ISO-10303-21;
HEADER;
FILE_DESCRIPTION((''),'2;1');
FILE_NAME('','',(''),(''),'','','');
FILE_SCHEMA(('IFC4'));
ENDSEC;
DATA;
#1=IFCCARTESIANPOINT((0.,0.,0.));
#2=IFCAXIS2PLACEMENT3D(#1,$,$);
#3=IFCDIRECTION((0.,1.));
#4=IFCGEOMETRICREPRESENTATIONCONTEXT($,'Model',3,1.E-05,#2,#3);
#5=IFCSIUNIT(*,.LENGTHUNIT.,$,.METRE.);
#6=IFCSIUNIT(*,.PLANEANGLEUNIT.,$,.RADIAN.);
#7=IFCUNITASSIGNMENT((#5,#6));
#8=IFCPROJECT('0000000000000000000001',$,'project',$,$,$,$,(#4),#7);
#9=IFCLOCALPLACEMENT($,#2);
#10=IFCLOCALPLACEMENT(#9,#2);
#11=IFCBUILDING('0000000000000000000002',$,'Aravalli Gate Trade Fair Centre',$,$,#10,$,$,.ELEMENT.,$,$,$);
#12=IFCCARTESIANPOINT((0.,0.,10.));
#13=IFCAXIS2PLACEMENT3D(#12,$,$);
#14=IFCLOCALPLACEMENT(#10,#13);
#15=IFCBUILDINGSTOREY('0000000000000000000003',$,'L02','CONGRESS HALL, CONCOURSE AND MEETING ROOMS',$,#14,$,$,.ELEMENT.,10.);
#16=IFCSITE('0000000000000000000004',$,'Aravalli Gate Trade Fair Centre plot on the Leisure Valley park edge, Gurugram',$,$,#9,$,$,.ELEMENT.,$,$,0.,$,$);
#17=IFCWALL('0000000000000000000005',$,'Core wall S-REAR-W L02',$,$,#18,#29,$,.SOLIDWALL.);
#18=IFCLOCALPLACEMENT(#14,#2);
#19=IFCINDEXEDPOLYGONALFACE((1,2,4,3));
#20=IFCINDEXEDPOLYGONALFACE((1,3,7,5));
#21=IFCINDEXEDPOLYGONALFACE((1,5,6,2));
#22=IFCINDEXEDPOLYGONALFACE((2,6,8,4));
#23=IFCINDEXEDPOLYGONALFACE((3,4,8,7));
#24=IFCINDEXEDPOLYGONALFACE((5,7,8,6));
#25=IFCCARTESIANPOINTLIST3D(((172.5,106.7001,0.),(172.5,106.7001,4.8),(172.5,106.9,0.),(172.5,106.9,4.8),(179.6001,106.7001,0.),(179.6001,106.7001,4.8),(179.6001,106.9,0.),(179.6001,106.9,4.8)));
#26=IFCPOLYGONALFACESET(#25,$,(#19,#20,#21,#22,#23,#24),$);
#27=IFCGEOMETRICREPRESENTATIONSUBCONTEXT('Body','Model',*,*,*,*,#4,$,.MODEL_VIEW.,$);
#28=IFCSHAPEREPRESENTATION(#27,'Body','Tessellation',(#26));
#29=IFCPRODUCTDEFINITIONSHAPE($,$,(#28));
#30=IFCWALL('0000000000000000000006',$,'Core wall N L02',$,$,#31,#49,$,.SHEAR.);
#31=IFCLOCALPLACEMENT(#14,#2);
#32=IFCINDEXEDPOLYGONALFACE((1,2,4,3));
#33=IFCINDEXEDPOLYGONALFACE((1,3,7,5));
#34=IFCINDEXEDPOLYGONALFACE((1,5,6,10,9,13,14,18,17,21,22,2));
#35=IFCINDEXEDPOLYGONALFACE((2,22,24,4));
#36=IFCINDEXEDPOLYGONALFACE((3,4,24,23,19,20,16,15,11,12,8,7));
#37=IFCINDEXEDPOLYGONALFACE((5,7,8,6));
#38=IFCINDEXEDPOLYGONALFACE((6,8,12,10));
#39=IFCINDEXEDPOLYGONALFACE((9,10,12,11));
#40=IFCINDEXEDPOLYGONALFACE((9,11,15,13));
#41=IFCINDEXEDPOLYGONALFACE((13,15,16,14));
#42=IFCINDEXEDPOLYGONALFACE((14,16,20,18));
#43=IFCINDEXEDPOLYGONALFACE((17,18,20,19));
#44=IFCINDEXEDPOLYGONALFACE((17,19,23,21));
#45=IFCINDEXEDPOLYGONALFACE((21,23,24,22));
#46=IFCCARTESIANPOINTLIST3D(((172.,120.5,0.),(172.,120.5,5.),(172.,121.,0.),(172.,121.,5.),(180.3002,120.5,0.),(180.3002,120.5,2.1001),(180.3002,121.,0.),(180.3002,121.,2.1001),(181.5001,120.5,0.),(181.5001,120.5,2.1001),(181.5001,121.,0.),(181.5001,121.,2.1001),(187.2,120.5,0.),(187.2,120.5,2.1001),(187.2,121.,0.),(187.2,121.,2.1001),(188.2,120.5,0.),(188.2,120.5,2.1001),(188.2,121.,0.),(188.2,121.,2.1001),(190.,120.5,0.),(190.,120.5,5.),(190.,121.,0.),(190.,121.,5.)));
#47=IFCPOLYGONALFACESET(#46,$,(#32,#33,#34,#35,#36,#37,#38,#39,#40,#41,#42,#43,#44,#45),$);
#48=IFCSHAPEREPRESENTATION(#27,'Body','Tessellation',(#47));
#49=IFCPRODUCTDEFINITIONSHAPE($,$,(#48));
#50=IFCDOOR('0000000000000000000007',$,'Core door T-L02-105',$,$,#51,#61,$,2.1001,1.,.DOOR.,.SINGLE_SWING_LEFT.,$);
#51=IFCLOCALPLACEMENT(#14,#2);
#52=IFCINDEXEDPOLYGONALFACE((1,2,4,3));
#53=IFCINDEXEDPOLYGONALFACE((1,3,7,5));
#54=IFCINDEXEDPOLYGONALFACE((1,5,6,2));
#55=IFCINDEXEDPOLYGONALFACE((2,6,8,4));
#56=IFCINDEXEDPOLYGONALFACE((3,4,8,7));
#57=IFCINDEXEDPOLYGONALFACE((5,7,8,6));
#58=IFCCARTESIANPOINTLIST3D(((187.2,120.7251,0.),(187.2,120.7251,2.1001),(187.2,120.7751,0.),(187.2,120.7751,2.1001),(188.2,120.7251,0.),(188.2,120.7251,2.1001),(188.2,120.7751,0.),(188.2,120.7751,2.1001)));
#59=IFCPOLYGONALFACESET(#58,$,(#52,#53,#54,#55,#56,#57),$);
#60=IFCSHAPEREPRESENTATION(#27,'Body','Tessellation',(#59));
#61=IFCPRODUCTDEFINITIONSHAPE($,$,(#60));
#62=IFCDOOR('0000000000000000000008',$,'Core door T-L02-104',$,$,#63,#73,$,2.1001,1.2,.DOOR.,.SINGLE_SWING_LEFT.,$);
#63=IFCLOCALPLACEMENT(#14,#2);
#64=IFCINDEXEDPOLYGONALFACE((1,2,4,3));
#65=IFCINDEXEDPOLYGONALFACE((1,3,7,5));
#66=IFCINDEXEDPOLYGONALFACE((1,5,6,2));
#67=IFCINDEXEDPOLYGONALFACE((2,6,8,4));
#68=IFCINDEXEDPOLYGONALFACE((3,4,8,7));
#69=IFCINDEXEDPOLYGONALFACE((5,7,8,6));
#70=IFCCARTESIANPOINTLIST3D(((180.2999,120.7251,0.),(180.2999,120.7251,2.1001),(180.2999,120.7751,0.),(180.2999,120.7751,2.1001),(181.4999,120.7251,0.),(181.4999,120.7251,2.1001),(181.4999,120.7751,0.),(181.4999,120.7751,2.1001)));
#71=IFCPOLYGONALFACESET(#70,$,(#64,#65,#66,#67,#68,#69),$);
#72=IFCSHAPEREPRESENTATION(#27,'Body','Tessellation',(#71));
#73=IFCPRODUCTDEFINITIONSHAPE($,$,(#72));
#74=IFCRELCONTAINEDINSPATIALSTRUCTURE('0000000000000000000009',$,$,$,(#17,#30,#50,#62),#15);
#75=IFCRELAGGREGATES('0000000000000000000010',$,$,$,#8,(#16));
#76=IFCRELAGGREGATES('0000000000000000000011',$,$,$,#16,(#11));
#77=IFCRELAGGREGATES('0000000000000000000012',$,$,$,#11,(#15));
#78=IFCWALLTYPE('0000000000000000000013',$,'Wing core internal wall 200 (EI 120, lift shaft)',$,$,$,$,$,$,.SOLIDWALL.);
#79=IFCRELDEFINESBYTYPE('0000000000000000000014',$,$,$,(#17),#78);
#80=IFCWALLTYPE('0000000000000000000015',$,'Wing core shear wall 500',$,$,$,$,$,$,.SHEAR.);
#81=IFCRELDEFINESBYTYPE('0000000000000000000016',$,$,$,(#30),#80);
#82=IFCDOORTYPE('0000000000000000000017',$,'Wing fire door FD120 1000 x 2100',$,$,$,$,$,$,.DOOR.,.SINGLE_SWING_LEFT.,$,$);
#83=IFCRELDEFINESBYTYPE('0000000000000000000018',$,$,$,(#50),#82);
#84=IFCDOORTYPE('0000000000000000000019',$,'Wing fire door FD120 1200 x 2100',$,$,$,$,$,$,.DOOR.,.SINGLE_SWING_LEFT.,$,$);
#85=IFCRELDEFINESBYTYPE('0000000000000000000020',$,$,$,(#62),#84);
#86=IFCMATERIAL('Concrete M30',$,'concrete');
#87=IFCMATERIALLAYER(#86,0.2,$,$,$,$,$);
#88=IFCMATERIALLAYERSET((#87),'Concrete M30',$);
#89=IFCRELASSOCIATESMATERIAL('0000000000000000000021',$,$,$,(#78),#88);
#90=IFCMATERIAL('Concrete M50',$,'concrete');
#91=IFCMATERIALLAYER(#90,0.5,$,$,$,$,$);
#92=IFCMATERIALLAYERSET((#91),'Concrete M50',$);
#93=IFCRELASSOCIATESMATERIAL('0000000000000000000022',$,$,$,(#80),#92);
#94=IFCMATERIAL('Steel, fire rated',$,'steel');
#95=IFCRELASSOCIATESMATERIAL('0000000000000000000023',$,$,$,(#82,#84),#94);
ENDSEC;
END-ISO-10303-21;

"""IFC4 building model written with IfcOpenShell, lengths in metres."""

from ifc_helpers import new_model, si_unit, direction, frame, frame_2d, origin, place, context, subcontext, project, spatial, rectangle, extrude, material, layer, layer_set, type_object, element, fill, save


model = new_model("IFC4")

# Units and contexts
model_context = context("Model", 3, precision=1e-05, world=origin(), true_north=direction((0.0, 1.0)))
body_context = subcontext(model_context, "Body", "Model", "MODEL_VIEW")
ifc_project = project(units=[si_unit("LENGTHUNIT", "METRE"), si_unit("PLANEANGLEUNIT", "RADIAN")], contexts=[model_context])

# Site, building, storey
site_placement = place(None, origin())
site = spatial("IfcSite", under=ifc_project, at=site_placement, Name="Aravalli Gate Trade Fair Centre plot on the Leisure Valley park edge, Gurugram", CompositionType="ELEMENT", RefElevation=0.0)
building_placement = place(site_placement, origin())
building = spatial("IfcBuilding", under=site, at=building_placement, Name="Aravalli Gate Trade Fair Centre", CompositionType="ELEMENT")
storey_placement = place(building_placement, frame((0.0, 0.0, 10.0)))
storey = spatial("IfcBuildingStorey", under=building, at=storey_placement, Name="L02", Description="CONGRESS HALL, CONCOURSE AND MEETING ROOMS", CompositionType="ELEMENT", Elevation=10.0)

# Wall
ifc_material_1 = material(Name="Concrete M30", Category="concrete")
ifc_layer_1 = layer(ifc_material_1, 0.2)
ifc_layer_set_1 = layer_set([ifc_layer_1], Name="Concrete M30")
wall_type_1 = type_object("IfcWallType", Name="Wing core internal wall 200 (EI 120, lift shaft)", PredefinedType="SOLIDWALL", material=ifc_layer_set_1)
wall_1_placement = place(storey_placement, frame((172.5, 106.8, 0.0), z_axis=(0.0, 0.0, 1.0), x_axis=(1.0, 0.0, 0.0)))
element("IfcWall", 1, at=wall_1_placement, inside=storey, type_object=wall_type_1, Name="Core wall S-REAR-W L02", PredefinedType="SOLIDWALL", context=body_context, shape_type="SweptSolid", body=[
    extrude(rectangle(XDim=7.1001, YDim=0.2, at=frame_2d((3.55, 0.0))), origin(), (0.0, 0.0, 1.0), 4.8),
])

# Wall, openings, doors
ifc_material_2 = material(Name="Concrete M50", Category="concrete")
ifc_layer_2 = layer(ifc_material_2, 0.5)
ifc_layer_set_2 = layer_set([ifc_layer_2], Name="Concrete M50")
wall_type_2 = type_object("IfcWallType", Name="Wing core shear wall 500", PredefinedType="SHEAR", material=ifc_layer_set_2)
wall_2_placement = place(storey_placement, frame((172.0, 120.75, 0.0), z_axis=(0.0, 0.0, 1.0), x_axis=(1.0, 0.0, 0.0)))
wall_2 = element("IfcWall", 2, at=wall_2_placement, inside=storey, type_object=wall_type_2, Name="Core wall N L02", PredefinedType="SHEAR", context=body_context, shape_type="SweptSolid", body=[
    extrude(rectangle(XDim=18.0, YDim=0.5, at=frame_2d((9.0, 0.0))), origin(), (0.0, 0.0, 1.0), 5.0),
])
opening_1_placement = place(wall_2_placement, frame((8.3, 0.0, 0.0)))
opening_1 = element("IfcOpeningElement", 3, at=opening_1_placement, cuts=wall_2, PredefinedType="OPENING", context=body_context, shape_type="SweptSolid", body=[
    extrude(rectangle(XDim=1.2, YDim=2.1001, at=frame_2d((0.6001, 1.05))), frame((0.0, 0.26, 0.0), z_axis=(0.0, -1.0, 0.0), x_axis=(1.0, 0.0, 0.0)), (0.0, 0.0, 1.0), 0.52),
])
opening_2_placement = place(wall_2_placement, frame((15.2, 0.0, 0.0)))
opening_2 = element("IfcOpeningElement", 4, at=opening_2_placement, cuts=wall_2, PredefinedType="OPENING", context=body_context, shape_type="SweptSolid", body=[
    extrude(rectangle(XDim=1.0, YDim=2.1001, at=frame_2d((0.5, 1.05))), frame((0.0, 0.26, 0.0), z_axis=(0.0, -1.0, 0.0), x_axis=(1.0, 0.0, 0.0)), (0.0, 0.0, 1.0), 0.52),
])
ifc_material_3 = material(Name="Steel, fire rated", Category="steel")
door_type_1 = type_object("IfcDoorType", Name="Wing fire door FD120 1000 x 2100", OperationType="SINGLE_SWING_LEFT", PredefinedType="DOOR", material=ifc_material_3)
door_1_placement = place(opening_2_placement, frame((1.0, 0.0, 0.0), z_axis=(0.0, 0.0, 1.0), x_axis=(-1.0, 0.0, 0.0)))
door_1 = element("IfcDoor", 5, at=door_1_placement, inside=storey, type_object=door_type_1, Name="Core door T-L02-105", OperationType="SINGLE_SWING_LEFT", OverallHeight=2.1001, OverallWidth=1.0, PredefinedType="DOOR", context=body_context, shape_type="SweptSolid", body=[
    extrude(rectangle(XDim=1.0, YDim=2.1001, at=frame_2d((0.5, 1.05))), frame((0.0, 0.0249, 0.0), z_axis=(0.0, -1.0, 0.0), x_axis=(1.0, 0.0, 0.0)), (0.0, 0.0, 1.0), 0.05),
])
fill(opening_2, door_1)
door_type_2 = type_object("IfcDoorType", Name="Wing fire door FD120 1200 x 2100", OperationType="SINGLE_SWING_LEFT", PredefinedType="DOOR", material=ifc_material_3)
door_2_placement = place(opening_1_placement, frame((1.2, 0.0, 0.0), z_axis=(0.0, 0.0, 1.0), x_axis=(-1.0, 0.0, 0.0)))
door_2 = element("IfcDoor", 6, at=door_2_placement, inside=storey, type_object=door_type_2, Name="Core door T-L02-104", OperationType="SINGLE_SWING_LEFT", OverallHeight=2.1001, OverallWidth=1.2, PredefinedType="DOOR", context=body_context, shape_type="SweptSolid", body=[
    extrude(rectangle(XDim=1.2, YDim=2.1001, at=frame_2d((0.6001, 1.05))), frame((0.0, 0.0249, 0.0), z_axis=(0.0, -1.0, 0.0), x_axis=(1.0, 0.0, 0.0)), (0.0, 0.0, 1.0), 0.05),
])
fill(opening_1, door_2)

save(model, "model.ifc")
